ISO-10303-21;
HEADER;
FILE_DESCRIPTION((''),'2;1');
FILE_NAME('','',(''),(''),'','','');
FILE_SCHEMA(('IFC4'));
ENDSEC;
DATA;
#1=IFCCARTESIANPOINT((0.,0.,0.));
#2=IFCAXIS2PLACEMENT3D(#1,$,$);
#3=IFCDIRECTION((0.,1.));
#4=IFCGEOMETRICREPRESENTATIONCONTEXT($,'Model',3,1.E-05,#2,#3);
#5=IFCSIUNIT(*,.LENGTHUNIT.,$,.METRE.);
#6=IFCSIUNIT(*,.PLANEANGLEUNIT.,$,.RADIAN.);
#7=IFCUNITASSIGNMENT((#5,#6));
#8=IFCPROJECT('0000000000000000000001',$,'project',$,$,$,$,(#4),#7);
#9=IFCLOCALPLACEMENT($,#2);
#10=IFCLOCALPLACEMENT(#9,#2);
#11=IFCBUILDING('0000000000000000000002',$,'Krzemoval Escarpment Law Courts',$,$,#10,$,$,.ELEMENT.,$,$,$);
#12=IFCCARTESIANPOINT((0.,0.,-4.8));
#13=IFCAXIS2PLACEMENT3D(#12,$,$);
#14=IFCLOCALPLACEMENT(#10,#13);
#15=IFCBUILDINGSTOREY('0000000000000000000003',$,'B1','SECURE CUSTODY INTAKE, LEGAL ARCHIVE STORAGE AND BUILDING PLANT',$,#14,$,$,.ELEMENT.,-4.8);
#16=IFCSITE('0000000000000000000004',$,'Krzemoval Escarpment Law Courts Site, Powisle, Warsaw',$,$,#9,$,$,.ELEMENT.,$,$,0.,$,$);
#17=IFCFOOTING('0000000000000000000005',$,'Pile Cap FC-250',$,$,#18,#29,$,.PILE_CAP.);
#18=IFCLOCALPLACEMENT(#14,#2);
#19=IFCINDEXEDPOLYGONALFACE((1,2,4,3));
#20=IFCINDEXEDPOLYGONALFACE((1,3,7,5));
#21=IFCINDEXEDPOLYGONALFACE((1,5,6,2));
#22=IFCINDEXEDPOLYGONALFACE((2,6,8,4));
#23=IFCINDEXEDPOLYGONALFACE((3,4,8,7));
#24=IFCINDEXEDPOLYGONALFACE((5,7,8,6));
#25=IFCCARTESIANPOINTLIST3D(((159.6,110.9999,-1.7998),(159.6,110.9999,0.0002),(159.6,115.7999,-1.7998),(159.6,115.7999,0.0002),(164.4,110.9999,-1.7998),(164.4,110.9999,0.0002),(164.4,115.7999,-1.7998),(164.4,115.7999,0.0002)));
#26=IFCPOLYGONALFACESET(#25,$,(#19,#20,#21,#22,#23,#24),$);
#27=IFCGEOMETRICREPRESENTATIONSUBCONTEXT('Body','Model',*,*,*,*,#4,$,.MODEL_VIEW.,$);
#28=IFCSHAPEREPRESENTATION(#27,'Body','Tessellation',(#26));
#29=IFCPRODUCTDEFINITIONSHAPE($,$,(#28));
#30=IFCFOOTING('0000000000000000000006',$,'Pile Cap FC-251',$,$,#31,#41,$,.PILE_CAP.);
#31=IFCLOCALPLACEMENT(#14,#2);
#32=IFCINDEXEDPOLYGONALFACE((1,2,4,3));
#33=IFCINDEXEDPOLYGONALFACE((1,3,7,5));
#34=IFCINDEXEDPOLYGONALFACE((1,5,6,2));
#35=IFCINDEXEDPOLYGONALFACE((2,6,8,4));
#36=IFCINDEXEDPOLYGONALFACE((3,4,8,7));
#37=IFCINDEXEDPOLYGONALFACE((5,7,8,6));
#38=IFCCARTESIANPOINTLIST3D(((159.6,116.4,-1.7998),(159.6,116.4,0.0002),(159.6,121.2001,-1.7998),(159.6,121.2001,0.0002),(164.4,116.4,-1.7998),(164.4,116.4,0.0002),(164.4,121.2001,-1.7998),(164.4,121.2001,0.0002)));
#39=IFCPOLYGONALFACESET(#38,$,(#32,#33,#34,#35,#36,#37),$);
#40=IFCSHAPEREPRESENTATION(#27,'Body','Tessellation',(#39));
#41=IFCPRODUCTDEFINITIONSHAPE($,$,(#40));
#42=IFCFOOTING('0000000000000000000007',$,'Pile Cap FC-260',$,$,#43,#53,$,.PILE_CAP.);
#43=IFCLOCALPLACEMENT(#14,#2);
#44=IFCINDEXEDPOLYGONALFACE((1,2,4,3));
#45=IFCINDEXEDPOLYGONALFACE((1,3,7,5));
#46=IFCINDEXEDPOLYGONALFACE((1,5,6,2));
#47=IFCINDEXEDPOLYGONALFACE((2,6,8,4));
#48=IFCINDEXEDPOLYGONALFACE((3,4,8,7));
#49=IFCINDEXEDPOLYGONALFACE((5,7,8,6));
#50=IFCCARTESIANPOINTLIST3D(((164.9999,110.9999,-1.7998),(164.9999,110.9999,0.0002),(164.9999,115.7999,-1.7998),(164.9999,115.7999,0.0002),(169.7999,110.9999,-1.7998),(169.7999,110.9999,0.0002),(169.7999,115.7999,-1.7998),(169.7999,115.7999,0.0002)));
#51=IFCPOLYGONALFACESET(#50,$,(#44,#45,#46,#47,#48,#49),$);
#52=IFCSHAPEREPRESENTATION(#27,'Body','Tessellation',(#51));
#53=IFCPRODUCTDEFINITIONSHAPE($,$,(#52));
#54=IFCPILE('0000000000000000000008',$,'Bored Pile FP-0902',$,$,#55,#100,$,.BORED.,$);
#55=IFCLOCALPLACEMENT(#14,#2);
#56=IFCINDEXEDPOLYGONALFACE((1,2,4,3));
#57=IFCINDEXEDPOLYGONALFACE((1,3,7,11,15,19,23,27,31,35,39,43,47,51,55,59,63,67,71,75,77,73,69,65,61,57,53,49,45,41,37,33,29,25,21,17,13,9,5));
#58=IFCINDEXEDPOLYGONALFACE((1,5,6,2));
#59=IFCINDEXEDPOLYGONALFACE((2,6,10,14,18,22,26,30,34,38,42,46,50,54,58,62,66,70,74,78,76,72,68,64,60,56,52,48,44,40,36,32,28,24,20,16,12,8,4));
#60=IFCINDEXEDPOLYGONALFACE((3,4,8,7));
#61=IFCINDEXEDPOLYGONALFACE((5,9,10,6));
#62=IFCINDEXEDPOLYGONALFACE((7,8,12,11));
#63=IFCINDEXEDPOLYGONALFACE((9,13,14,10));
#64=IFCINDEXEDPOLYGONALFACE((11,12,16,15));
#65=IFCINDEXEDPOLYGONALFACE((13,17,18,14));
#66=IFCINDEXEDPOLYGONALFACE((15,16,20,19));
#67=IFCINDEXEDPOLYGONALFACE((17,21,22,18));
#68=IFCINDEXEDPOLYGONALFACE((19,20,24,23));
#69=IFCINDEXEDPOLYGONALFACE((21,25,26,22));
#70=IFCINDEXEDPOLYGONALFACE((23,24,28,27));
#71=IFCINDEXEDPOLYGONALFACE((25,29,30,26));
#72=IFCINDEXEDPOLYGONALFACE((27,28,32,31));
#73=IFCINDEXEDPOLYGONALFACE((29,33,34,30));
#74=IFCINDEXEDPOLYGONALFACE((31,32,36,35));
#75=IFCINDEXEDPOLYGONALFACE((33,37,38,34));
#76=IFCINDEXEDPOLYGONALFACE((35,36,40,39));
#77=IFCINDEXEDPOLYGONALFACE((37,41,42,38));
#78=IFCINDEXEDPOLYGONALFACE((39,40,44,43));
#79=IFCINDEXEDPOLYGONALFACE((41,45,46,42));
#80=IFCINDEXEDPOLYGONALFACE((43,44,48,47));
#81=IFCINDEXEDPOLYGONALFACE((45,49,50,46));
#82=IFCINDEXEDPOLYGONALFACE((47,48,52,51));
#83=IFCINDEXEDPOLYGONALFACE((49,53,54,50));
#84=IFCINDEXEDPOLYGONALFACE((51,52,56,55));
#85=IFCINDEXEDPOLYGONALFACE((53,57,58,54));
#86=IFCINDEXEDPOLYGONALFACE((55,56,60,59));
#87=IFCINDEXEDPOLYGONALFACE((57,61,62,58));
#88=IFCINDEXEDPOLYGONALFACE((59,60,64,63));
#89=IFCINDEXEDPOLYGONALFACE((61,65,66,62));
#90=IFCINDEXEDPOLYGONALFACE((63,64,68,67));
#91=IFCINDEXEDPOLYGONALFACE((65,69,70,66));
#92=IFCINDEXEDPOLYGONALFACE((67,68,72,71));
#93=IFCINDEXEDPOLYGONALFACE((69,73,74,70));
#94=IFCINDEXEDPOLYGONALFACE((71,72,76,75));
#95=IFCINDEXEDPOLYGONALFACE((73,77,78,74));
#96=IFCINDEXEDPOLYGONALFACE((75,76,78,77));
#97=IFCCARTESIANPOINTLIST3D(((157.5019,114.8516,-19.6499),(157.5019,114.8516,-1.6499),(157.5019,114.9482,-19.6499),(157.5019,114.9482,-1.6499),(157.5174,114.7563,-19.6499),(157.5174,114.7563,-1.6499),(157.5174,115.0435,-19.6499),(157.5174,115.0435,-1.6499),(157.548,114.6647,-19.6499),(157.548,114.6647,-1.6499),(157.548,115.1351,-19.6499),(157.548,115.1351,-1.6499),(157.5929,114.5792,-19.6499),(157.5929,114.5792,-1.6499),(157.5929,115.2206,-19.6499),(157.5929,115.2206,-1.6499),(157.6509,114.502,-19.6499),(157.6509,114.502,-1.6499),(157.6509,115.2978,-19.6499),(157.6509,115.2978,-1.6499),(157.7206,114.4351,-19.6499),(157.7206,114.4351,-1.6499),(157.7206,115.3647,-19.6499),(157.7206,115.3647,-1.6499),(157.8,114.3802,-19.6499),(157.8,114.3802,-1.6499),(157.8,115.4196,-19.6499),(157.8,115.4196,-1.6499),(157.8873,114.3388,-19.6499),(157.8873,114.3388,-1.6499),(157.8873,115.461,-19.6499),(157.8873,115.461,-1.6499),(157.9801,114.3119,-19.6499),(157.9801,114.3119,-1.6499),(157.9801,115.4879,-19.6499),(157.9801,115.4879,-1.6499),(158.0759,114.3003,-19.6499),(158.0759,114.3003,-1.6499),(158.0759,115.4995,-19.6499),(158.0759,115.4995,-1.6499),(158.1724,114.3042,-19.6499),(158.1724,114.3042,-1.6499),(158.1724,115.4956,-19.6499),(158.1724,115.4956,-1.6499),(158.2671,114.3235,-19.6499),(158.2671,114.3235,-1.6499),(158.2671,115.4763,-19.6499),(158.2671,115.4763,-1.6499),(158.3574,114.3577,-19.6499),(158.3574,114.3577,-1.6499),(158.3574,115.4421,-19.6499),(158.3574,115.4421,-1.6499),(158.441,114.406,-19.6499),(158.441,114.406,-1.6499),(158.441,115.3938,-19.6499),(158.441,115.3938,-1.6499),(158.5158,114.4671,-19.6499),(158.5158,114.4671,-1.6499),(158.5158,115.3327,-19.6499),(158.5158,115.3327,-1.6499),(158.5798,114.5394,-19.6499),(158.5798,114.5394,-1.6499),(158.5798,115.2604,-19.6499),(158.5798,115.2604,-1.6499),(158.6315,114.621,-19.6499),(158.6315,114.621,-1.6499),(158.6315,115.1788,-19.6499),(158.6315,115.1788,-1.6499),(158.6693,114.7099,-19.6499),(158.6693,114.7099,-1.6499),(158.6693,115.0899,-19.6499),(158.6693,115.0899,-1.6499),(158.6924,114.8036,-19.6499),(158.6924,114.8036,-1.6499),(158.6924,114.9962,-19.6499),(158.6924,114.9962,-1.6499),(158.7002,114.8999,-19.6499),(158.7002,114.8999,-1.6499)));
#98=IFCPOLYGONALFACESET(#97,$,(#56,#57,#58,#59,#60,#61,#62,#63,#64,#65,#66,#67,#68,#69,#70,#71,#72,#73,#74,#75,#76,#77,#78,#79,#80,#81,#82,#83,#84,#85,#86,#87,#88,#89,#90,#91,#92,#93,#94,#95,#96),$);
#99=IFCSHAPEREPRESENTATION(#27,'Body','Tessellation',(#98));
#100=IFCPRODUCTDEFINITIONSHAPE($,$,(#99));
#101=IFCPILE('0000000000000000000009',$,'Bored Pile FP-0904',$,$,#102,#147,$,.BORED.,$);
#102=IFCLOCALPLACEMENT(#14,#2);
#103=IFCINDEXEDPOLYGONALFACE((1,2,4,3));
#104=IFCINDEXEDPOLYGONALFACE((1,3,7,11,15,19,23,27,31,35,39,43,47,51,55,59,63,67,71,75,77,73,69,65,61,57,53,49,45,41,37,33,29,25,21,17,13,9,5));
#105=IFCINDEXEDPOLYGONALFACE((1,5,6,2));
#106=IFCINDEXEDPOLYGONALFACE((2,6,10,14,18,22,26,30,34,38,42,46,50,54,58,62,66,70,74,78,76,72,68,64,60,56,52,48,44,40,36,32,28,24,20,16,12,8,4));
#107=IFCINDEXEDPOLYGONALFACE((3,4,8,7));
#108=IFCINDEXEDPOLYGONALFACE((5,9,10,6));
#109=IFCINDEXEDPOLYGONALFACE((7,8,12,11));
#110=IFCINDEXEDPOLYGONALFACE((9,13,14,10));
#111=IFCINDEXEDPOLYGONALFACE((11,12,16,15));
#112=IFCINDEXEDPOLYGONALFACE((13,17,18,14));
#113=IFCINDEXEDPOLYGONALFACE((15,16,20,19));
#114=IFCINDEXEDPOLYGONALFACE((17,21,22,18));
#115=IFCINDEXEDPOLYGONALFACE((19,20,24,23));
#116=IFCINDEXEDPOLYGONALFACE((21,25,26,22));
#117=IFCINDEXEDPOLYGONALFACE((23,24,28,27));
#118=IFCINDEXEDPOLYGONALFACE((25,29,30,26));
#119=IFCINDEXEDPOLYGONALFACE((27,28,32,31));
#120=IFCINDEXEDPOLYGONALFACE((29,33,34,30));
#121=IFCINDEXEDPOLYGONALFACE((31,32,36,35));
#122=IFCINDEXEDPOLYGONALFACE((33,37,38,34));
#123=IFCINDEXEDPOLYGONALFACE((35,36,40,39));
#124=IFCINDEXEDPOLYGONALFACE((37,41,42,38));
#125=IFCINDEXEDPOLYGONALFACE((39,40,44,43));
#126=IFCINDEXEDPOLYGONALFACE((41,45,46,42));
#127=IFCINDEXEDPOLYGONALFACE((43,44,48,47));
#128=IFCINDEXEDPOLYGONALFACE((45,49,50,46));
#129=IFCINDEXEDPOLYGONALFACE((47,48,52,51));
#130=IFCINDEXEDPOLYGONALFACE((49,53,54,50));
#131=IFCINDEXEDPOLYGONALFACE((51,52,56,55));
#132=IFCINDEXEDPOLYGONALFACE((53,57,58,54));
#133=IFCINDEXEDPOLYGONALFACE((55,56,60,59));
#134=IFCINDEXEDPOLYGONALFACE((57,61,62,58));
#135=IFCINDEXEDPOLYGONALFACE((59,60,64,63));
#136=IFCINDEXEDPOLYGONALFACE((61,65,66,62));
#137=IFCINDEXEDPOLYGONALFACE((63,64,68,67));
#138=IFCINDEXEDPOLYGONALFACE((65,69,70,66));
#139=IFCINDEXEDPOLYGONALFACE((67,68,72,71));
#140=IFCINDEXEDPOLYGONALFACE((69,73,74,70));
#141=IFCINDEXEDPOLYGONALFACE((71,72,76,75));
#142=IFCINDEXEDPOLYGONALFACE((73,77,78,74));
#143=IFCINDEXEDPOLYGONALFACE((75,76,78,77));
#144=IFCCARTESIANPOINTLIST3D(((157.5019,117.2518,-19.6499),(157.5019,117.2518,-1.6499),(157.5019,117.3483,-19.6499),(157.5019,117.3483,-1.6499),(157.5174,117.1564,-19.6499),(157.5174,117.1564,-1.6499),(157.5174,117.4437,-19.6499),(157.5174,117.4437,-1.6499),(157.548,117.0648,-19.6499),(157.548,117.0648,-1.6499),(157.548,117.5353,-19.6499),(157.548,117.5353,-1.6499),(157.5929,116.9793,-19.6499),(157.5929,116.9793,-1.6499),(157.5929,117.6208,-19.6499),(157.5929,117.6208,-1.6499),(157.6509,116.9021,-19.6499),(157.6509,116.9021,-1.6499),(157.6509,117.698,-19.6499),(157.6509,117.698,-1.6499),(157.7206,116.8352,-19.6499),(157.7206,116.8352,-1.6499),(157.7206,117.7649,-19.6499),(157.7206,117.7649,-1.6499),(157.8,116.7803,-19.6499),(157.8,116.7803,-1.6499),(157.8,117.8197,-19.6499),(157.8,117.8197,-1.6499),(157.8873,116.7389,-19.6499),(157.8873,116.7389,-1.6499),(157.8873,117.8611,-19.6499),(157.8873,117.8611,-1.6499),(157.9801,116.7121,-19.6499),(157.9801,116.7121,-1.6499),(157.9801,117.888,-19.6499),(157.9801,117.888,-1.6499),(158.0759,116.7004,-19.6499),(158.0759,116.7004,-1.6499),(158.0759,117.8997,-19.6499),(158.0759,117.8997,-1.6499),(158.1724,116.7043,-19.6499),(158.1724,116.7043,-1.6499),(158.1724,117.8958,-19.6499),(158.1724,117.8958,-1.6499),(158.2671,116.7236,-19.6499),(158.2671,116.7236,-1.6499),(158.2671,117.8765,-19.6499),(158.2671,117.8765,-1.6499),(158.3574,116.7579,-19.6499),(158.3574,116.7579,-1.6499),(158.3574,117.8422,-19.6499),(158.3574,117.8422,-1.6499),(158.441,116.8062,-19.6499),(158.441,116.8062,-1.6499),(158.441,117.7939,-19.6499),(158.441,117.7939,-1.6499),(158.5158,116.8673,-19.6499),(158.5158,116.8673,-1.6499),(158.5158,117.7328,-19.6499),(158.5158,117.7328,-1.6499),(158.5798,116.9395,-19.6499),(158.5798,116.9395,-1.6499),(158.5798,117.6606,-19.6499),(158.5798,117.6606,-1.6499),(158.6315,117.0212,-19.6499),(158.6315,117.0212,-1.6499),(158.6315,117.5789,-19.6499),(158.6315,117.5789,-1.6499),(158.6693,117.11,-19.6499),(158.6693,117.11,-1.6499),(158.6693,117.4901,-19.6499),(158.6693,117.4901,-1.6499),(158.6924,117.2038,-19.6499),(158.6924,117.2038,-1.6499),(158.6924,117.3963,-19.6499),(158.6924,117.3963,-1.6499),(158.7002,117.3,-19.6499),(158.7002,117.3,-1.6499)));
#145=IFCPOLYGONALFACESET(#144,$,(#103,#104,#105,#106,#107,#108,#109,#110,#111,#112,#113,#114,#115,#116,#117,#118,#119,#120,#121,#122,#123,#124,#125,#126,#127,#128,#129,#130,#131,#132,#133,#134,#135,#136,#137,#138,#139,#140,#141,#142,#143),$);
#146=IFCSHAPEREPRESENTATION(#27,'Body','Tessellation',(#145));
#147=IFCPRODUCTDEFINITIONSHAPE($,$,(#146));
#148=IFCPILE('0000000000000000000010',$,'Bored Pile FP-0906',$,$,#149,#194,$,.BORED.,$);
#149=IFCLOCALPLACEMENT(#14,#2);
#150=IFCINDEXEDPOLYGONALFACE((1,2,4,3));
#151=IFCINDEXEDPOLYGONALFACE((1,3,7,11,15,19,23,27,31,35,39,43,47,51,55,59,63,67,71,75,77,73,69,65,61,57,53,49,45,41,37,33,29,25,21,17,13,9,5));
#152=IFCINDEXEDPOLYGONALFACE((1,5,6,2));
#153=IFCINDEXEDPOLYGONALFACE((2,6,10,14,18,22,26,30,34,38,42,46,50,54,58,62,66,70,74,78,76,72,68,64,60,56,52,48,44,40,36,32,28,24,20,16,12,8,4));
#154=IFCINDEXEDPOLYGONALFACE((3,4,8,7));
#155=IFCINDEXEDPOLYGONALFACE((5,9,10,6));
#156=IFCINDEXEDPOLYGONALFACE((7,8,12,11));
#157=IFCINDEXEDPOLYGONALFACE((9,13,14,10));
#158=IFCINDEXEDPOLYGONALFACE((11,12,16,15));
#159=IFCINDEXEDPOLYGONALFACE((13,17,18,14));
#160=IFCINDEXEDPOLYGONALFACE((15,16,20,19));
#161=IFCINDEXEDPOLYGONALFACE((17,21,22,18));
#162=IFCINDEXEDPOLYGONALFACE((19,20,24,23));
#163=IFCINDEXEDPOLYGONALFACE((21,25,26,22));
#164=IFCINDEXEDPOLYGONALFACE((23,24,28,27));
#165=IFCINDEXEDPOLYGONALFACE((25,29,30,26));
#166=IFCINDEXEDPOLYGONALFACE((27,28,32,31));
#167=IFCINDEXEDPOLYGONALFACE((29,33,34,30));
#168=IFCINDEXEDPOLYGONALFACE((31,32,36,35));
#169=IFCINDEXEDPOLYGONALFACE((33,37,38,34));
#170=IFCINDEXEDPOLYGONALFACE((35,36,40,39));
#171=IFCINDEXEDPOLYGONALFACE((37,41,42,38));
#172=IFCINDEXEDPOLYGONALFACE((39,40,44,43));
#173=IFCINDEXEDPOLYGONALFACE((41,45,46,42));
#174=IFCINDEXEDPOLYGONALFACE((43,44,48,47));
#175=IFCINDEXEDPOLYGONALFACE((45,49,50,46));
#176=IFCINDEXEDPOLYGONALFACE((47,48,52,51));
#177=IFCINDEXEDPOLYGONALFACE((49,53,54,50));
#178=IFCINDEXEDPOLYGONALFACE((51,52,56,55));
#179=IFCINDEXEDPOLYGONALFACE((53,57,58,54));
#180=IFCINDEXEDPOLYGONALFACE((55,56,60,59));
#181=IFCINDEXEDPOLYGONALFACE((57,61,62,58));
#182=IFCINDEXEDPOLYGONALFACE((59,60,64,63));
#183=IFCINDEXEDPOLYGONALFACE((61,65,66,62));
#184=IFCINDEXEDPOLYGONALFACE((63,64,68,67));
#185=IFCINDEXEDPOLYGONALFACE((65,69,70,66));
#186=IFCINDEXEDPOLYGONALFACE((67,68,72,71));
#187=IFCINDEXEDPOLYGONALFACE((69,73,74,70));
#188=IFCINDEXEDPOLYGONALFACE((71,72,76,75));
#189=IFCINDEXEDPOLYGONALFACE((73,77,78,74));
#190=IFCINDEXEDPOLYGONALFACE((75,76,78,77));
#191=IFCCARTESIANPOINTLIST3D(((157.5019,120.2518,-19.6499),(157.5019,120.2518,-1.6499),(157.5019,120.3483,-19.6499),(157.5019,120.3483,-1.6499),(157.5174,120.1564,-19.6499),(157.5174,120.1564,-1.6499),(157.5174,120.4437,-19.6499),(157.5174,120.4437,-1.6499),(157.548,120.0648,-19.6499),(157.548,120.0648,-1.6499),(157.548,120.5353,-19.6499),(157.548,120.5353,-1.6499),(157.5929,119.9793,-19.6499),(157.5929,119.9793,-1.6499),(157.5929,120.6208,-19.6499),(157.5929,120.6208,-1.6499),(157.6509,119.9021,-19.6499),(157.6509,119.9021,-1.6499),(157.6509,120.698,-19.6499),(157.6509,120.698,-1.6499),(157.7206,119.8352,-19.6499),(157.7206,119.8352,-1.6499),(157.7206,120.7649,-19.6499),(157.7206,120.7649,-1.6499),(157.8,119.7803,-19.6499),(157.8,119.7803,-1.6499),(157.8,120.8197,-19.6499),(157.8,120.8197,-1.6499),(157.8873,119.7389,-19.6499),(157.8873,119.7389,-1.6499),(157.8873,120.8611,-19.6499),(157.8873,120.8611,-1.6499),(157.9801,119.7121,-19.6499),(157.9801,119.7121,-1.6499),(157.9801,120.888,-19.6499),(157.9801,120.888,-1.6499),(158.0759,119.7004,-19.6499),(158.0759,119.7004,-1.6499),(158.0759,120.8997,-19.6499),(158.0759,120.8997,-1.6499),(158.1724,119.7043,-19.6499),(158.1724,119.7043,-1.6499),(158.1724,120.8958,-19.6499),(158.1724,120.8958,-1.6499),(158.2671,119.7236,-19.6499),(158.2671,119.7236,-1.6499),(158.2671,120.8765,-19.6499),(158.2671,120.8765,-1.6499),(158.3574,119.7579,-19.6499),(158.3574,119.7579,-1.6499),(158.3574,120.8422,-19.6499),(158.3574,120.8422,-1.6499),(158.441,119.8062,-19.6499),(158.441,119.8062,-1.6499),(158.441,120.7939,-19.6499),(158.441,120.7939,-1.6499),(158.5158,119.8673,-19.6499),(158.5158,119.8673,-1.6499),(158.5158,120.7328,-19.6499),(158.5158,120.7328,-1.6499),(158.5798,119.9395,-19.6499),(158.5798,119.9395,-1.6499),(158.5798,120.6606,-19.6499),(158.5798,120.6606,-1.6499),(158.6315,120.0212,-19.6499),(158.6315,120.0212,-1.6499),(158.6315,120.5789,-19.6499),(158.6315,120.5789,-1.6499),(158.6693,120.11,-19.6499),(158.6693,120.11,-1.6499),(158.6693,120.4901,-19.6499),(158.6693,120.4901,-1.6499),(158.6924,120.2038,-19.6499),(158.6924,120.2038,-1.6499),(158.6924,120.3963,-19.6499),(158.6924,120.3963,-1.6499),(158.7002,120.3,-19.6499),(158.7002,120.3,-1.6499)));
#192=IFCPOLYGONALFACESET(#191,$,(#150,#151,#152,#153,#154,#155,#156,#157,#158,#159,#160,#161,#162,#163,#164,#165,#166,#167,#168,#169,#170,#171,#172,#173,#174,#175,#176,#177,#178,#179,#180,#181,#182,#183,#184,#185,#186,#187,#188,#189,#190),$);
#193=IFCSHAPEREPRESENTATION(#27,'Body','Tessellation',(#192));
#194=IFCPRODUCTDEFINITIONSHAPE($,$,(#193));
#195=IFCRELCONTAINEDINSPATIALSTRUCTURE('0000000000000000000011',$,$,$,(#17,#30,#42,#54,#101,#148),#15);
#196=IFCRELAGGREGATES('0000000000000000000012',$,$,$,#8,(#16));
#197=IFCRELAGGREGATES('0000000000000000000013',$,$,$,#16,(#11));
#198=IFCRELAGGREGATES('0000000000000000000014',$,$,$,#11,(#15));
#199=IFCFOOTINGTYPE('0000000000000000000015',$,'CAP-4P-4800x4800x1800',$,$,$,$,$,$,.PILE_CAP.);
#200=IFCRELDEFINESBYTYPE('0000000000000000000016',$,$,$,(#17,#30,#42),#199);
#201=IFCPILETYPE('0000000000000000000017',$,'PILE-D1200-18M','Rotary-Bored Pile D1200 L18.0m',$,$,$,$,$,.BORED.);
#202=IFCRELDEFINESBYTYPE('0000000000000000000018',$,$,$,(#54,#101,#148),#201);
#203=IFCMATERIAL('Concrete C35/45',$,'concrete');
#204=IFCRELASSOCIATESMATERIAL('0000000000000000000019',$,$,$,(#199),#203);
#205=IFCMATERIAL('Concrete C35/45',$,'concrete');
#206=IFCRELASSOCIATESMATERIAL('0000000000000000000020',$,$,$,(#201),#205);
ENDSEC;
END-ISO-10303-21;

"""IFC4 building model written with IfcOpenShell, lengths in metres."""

from ifc_helpers import new_model, si_unit, direction, frame, origin, origin_2d, place, context, subcontext, project, spatial, rectangle, circle, extrude, material, material_profile, profile_set, type_object, element, save


model = new_model("IFC4")

# Units and contexts
model_context = context("Model", 3, precision=1e-05, world=origin(), true_north=direction((0.0, 1.0)))
body_context = subcontext(model_context, "Body", "Model", "MODEL_VIEW")
ifc_project = project(units=[si_unit("LENGTHUNIT", "METRE"), si_unit("PLANEANGLEUNIT", "RADIAN")], contexts=[model_context])

# Site, building, storey
site_placement = place(None, origin())
site = spatial("IfcSite", under=ifc_project, at=site_placement, Name="Krzemoval Escarpment Law Courts Site, Powisle, Warsaw", CompositionType="ELEMENT", RefElevation=0.0)
building_placement = place(site_placement, origin())
building = spatial("IfcBuilding", under=site, at=building_placement, Name="Krzemoval Escarpment Law Courts", CompositionType="ELEMENT")
storey_placement = place(building_placement, frame((0.0, 0.0, -4.8)))
storey = spatial("IfcBuildingStorey", under=building, at=storey_placement, Name="B1", Description="SECURE CUSTODY INTAKE, LEGAL ARCHIVE STORAGE AND BUILDING PLANT", CompositionType="ELEMENT", Elevation=-4.8)

# Footings
ifc_material_1 = material(Name="Concrete C35/45", Category="concrete")
footing_type = type_object("IfcFootingType", Name="CAP-4P-4800x4800x1800", PredefinedType="PILE_CAP", material=ifc_material_1)
for number, where, z_axis, x_axis, name in (
    (1, (162.0, 113.3999, -1.7998), (0.0, 0.0, 1.0), (1.0, 0.0, 0.0), "Pile Cap FC-250"),
    (2, (162.0, 118.8, -1.7998), (0.0, 0.0, 1.0), (1.0, 0.0, 0.0), "Pile Cap FC-251"),
    (3, (167.3999, 113.3999, -1.7998), (0.0, 0.0, 1.0), (1.0, 0.0, 0.0), "Pile Cap FC-260"),
):
    element("IfcFooting", number, at=place(storey_placement, frame(where, z_axis=z_axis, x_axis=x_axis)), inside=storey, type_object=footing_type, Name=name, PredefinedType="PILE_CAP", context=body_context, shape_type="SweptSolid", body=[
        extrude(rectangle(XDim=4.8, YDim=4.8, at=origin_2d()), origin(), (0.0, 0.0, 1.0), 1.8),
    ])

# Piles
ifc_material_2 = material(Name="Concrete C35/45", Category="concrete")
ifc_material_profile_1 = material_profile(ifc_material_2, circle(Radius=0.6001, at=origin_2d()), Name="PILE D1200")
ifc_profile_set_1 = profile_set([ifc_material_profile_1], Name="Concrete C35/45")
pile_type = type_object("IfcPileType", Name="PILE-D1200-18M", Description="Rotary-Bored Pile D1200 L18.0m", PredefinedType="BORED", material=ifc_profile_set_1)
for number, where, z_axis, x_axis, name in (
    (4, (158.1001, 114.8999, -1.6499), (0.0, 0.0, -1.0), (1.0, 0.0, 0.0), "Bored Pile FP-0902"),
    (5, (158.1001, 117.3, -1.6499), (0.0, 0.0, -1.0), (1.0, 0.0, 0.0), "Bored Pile FP-0904"),
    (6, (158.1001, 120.3, -1.6499), (0.0, 0.0, -1.0), (1.0, 0.0, 0.0), "Bored Pile FP-0906"),
):
    element("IfcPile", number, at=place(storey_placement, frame(where, z_axis=z_axis, x_axis=x_axis)), inside=storey, type_object=pile_type, Name=name, PredefinedType="BORED", context=body_context, shape_type="SweptSolid", body=[
        extrude(circle(Radius=0.6001, at=origin_2d()), origin(), (0.0, 0.0, 1.0), 18.0),
    ])

save(model, "model.ifc")
